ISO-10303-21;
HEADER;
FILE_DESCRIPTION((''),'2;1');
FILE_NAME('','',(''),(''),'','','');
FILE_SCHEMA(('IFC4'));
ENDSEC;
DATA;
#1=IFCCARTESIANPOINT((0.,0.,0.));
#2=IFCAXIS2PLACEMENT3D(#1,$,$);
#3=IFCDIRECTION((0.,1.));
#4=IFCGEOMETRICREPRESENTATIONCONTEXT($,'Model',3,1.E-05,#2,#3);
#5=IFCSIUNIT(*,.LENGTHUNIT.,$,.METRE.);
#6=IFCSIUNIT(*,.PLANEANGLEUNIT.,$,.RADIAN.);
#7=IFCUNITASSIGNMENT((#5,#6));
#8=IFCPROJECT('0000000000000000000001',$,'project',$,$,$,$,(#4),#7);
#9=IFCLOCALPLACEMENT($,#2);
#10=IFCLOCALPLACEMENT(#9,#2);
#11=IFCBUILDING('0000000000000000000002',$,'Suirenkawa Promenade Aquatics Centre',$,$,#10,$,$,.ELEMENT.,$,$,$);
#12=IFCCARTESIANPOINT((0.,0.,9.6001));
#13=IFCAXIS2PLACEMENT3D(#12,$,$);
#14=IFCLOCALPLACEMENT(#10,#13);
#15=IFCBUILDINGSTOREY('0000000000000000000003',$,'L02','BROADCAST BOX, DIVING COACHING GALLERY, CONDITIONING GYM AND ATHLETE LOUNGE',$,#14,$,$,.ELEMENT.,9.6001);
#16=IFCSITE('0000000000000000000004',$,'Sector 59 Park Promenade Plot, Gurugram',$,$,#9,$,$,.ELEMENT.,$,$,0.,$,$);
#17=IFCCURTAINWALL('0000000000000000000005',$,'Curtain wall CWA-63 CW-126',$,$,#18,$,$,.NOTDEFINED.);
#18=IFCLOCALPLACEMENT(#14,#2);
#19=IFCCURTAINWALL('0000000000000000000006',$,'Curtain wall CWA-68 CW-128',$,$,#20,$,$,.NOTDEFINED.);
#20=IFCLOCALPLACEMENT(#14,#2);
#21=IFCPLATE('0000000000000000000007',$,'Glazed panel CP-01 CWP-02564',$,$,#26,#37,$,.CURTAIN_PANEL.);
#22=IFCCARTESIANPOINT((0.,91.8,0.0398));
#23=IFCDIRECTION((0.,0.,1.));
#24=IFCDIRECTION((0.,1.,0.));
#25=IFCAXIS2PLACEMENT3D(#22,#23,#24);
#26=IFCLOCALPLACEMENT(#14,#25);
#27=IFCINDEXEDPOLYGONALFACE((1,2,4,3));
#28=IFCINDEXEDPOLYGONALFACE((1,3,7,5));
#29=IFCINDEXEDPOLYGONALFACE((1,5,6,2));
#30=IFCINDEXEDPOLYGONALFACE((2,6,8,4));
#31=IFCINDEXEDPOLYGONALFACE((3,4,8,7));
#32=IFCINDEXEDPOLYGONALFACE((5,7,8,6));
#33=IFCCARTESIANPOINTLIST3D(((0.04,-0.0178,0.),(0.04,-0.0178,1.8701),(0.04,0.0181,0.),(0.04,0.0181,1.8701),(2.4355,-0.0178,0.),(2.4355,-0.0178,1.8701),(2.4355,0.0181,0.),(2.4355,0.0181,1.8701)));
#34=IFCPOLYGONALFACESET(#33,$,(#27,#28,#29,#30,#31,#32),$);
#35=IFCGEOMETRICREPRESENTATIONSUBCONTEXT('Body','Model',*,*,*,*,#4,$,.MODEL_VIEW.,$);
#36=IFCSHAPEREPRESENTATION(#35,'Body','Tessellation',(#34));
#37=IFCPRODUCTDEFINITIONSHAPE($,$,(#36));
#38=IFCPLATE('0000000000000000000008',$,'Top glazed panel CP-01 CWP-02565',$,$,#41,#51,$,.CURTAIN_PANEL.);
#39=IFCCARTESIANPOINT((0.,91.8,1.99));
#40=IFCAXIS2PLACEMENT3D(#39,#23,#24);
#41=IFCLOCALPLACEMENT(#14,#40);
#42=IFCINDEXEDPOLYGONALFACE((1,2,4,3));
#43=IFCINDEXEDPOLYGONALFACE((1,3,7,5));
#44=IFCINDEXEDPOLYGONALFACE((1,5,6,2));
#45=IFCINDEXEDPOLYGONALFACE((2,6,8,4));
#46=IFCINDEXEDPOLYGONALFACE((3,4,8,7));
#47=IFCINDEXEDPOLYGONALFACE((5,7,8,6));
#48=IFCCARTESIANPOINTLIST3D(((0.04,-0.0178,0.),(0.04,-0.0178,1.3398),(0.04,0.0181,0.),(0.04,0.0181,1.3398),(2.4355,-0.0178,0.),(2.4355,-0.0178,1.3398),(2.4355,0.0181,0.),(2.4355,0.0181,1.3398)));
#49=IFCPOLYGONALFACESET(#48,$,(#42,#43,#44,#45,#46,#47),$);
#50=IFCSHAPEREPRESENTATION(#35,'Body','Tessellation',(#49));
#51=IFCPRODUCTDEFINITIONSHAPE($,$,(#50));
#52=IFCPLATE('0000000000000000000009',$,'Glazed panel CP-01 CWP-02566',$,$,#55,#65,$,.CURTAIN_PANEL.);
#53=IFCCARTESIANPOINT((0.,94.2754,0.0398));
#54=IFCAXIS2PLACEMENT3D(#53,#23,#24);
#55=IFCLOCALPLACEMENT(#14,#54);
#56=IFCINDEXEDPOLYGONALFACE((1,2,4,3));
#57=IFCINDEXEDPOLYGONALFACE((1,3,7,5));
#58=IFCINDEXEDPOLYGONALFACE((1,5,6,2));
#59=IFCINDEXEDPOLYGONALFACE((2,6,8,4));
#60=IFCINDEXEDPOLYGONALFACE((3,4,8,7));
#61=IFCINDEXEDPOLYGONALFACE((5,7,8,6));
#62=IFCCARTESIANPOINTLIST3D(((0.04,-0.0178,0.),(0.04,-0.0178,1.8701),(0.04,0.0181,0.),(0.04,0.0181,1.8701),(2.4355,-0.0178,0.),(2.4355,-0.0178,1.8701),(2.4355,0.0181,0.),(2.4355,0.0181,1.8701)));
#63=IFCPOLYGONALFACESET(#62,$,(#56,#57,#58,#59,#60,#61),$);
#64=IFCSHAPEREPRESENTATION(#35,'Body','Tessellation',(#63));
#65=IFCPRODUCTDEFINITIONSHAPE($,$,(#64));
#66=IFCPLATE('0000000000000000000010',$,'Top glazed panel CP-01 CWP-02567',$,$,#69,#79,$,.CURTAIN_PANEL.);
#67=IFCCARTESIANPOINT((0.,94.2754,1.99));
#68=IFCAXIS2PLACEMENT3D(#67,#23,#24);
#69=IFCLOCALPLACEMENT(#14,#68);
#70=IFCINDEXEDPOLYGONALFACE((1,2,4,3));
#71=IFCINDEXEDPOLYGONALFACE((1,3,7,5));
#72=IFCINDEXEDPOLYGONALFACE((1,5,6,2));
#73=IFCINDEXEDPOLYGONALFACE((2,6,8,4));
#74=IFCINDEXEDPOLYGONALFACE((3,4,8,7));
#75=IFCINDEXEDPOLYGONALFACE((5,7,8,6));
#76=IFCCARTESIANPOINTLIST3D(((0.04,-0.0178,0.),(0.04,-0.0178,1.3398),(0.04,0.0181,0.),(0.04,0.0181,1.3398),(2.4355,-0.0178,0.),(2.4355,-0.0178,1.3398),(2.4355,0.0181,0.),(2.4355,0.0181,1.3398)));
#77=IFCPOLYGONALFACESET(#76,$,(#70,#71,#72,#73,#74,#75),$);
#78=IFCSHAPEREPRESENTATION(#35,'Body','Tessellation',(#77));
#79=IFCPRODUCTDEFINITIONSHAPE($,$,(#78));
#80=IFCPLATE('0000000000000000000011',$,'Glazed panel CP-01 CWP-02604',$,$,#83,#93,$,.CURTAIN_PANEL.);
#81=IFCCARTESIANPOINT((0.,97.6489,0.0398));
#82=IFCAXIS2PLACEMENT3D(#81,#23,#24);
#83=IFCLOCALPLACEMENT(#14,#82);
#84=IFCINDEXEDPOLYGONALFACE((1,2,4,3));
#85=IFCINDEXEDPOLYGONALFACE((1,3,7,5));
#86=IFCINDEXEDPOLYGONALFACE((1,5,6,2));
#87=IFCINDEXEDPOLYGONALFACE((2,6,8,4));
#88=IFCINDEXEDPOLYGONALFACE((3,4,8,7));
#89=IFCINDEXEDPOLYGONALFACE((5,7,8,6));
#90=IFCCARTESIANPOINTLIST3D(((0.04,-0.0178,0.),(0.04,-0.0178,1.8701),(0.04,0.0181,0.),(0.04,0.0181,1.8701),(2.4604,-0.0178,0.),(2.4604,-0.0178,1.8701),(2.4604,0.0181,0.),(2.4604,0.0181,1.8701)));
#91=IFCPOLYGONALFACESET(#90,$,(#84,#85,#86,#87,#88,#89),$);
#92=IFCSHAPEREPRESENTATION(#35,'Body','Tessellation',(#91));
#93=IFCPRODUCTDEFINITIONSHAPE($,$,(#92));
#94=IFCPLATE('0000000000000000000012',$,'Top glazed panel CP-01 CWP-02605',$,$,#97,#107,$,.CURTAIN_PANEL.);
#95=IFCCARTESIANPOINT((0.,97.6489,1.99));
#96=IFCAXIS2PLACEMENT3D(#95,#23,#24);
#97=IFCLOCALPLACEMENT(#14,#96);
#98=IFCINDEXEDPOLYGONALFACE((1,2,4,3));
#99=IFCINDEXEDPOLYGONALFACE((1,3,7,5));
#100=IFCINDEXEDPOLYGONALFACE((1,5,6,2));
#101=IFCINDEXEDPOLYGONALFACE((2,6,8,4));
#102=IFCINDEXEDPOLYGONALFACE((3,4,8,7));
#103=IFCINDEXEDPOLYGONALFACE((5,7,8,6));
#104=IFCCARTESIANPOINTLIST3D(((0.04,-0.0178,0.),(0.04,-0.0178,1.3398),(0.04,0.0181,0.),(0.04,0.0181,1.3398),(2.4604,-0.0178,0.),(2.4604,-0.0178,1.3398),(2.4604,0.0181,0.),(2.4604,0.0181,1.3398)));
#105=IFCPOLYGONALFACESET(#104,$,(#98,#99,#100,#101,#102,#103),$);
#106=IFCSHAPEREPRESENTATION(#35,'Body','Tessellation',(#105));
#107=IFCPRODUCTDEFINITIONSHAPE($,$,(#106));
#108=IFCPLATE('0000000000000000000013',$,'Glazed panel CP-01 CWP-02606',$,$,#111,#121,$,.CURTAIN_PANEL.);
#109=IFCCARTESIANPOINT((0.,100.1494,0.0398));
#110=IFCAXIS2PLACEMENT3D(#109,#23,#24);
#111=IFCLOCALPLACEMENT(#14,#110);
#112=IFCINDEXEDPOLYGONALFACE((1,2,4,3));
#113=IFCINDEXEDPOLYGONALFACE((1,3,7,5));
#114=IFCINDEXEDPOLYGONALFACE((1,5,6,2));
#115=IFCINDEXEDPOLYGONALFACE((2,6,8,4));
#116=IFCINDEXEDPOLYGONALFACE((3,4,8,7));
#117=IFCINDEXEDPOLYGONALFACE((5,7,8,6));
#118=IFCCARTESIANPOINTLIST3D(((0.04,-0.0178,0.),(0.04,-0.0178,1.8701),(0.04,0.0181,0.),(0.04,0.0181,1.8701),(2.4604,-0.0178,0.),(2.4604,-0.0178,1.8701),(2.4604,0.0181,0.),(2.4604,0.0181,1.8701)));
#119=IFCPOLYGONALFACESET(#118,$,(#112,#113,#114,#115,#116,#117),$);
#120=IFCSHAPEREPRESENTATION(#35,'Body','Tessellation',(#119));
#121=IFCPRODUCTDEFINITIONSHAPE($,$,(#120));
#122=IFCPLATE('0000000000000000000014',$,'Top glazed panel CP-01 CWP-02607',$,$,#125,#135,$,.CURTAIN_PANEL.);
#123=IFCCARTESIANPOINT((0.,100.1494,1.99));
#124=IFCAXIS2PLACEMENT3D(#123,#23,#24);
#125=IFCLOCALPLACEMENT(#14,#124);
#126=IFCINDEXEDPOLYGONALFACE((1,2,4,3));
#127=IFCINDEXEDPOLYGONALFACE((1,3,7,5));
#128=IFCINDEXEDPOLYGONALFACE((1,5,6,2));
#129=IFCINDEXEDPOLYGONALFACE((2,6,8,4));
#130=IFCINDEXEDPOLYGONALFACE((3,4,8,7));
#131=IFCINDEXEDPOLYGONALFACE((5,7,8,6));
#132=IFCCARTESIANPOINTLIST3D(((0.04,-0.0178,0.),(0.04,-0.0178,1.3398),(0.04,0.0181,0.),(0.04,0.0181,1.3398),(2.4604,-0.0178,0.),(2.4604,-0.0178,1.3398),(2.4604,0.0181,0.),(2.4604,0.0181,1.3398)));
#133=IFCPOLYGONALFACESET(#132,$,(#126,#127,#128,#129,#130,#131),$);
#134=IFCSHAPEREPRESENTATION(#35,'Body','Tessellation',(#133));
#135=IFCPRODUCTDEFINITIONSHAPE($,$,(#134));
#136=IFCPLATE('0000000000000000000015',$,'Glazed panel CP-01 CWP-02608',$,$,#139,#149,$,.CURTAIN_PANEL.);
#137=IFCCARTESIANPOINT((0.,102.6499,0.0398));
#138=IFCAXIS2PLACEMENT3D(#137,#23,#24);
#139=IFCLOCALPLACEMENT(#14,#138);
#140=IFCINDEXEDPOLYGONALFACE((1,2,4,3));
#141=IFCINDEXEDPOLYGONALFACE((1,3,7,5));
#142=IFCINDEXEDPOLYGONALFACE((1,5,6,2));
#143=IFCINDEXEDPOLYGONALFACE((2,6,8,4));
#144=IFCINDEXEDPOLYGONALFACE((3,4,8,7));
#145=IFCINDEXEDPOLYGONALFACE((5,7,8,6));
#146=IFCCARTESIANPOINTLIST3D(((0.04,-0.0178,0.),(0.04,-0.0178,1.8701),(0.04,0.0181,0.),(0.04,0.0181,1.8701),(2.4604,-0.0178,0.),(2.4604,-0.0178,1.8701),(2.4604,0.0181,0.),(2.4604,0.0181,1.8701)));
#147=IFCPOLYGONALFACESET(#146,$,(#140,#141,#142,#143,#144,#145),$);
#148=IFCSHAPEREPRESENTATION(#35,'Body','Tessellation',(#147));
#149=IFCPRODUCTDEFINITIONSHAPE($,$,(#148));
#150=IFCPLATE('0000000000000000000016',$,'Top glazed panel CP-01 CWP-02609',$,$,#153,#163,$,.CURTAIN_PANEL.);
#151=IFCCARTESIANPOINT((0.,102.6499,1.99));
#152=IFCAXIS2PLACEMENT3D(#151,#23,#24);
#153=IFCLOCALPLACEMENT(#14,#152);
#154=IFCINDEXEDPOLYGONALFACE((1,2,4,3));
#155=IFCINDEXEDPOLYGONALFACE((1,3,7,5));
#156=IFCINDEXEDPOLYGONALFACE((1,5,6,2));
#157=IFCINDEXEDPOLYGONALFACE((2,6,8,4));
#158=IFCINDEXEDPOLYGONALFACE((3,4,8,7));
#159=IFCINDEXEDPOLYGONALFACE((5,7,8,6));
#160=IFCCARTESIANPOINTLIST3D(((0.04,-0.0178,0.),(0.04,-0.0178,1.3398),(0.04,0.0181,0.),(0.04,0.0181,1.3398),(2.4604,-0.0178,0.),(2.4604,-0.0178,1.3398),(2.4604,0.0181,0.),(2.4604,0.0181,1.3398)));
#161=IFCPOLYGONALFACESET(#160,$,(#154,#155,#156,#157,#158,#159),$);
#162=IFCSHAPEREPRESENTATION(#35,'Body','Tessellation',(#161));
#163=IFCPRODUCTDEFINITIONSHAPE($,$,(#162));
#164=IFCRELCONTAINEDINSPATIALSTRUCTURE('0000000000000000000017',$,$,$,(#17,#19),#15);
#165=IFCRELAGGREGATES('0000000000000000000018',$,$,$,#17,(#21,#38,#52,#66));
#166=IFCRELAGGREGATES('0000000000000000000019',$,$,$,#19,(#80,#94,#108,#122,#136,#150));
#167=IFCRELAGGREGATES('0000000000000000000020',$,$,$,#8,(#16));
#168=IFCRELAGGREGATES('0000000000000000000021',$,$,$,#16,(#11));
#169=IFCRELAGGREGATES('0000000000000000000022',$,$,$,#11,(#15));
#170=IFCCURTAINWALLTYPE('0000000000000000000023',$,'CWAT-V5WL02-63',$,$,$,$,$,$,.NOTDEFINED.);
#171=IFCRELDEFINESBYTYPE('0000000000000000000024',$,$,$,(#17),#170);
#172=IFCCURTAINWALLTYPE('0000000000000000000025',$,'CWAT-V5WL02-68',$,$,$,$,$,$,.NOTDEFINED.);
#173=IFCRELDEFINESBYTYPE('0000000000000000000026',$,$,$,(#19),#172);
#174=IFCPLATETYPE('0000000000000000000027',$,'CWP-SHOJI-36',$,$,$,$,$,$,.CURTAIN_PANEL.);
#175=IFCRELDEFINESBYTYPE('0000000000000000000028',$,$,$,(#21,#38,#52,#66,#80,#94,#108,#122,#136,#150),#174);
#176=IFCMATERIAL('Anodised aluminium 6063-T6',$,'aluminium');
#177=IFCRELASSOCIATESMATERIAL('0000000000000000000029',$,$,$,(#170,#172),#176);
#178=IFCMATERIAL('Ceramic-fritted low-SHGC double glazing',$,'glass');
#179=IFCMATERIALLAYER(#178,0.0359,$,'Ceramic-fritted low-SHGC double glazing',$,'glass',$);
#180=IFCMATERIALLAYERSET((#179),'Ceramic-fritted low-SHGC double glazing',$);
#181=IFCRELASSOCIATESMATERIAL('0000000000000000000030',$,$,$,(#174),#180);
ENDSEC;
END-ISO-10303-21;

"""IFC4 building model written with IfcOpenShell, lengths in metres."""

from ifc_helpers import new_model, si_unit, direction, frame, origin, place, context, subcontext, project, spatial, polyline, outline, extrude, material, layer, layer_set, type_object, element, aggregate, save


model = new_model("IFC4")

# Units and contexts
model_context = context("Model", 3, precision=1e-05, world=origin(), true_north=direction((0.0, 1.0)))
body_context = subcontext(model_context, "Body", "Model", "MODEL_VIEW")
ifc_project = project(units=[si_unit("LENGTHUNIT", "METRE"), si_unit("PLANEANGLEUNIT", "RADIAN")], contexts=[model_context])

# Site, building, storey
site_placement = place(None, origin())
site = spatial("IfcSite", under=ifc_project, at=site_placement, Name="Sector 59 Park Promenade Plot, Gurugram", CompositionType="ELEMENT", RefElevation=0.0)
building_placement = place(site_placement, origin())
building = spatial("IfcBuilding", under=site, at=building_placement, Name="Suirenkawa Promenade Aquatics Centre", CompositionType="ELEMENT")
storey_placement = place(building_placement, frame((0.0, 0.0, 9.6001)))
storey = spatial("IfcBuildingStorey", under=building, at=storey_placement, Name="L02", Description="BROADCAST BOX, DIVING COACHING GALLERY, CONDITIONING GYM AND ATHLETE LOUNGE", CompositionType="ELEMENT", Elevation=9.6001)

# Curtain walls
ifc_material_1 = material(Name="Anodised aluminium 6063-T6", Category="aluminium")
curtain_wall_type_1 = type_object("IfcCurtainWallType", Name="CWAT-V5WL02-63", PredefinedType="NOTDEFINED", material=ifc_material_1)
curtain_wall_1_placement = place(storey_placement, origin())
curtain_wall_1 = element("IfcCurtainWall", 1, at=curtain_wall_1_placement, inside=storey, type_object=curtain_wall_type_1, Name="Curtain wall CWA-63 CW-126", PredefinedType="NOTDEFINED")
curtain_wall_type_2 = type_object("IfcCurtainWallType", Name="CWAT-V5WL02-68", PredefinedType="NOTDEFINED", material=ifc_material_1)
curtain_wall_2_placement = place(storey_placement, origin())
curtain_wall_2 = element("IfcCurtainWall", 2, at=curtain_wall_2_placement, inside=storey, type_object=curtain_wall_type_2, Name="Curtain wall CWA-68 CW-128", PredefinedType="NOTDEFINED")

# Plates
ifc_material_2 = material(Name="Ceramic-fritted low-SHGC double glazing", Category="glass")
ifc_layer = layer(ifc_material_2, 0.0359, Name="Ceramic-fritted low-SHGC double glazing", Category="glass")
ifc_layer_set = layer_set([ifc_layer], Name="Ceramic-fritted low-SHGC double glazing")
plate_type = type_object("IfcPlateType", Name="CWP-SHOJI-36", PredefinedType="CURTAIN_PANEL", material=ifc_layer_set)
plate_1_placement = place(storey_placement, frame((0.0, 91.8, 0.0398), z_axis=(0.0, 0.0, 1.0), x_axis=(0.0, 1.0, 0.0)))
plate_1 = element("IfcPlate", 3, at=plate_1_placement, type_object=plate_type, Name="Glazed panel CP-01 CWP-02564", PredefinedType="CURTAIN_PANEL", context=body_context, shape_type="SweptSolid", body=[
    extrude(outline(polyline([(0.04, 0.0), (2.4355, 0.0), (2.4355, 1.8701), (0.04, 1.8701), (0.04, 0.0)])), frame((0.0, 0.0181, 0.0), z_axis=(0.0, -1.0, 0.0), x_axis=(1.0, 0.0, 0.0)), (0.0, 0.0, 1.0), 0.0359),
])
plate_2_placement = place(storey_placement, frame((0.0, 91.8, 1.99), z_axis=(0.0, 0.0, 1.0), x_axis=(0.0, 1.0, 0.0)))
plate_2 = element("IfcPlate", 4, at=plate_2_placement, type_object=plate_type, Name="Top glazed panel CP-01 CWP-02565", PredefinedType="CURTAIN_PANEL", context=body_context, shape_type="SweptSolid", body=[
    extrude(outline(polyline([(0.04, 0.0), (2.4355, 0.0), (2.4355, 1.3398), (0.04, 1.3398), (0.04, 0.0)])), frame((0.0, 0.0181, 0.0), z_axis=(0.0, -1.0, 0.0), x_axis=(1.0, 0.0, 0.0)), (0.0, 0.0, 1.0), 0.0359),
])
plate_3_placement = place(storey_placement, frame((0.0, 94.2754, 0.0398), z_axis=(0.0, 0.0, 1.0), x_axis=(0.0, 1.0, 0.0)))
plate_3 = element("IfcPlate", 5, at=plate_3_placement, type_object=plate_type, Name="Glazed panel CP-01 CWP-02566", PredefinedType="CURTAIN_PANEL", context=body_context, shape_type="SweptSolid", body=[
    extrude(outline(polyline([(0.04, 0.0), (2.4355, 0.0), (2.4355, 1.8701), (0.04, 1.8701), (0.04, 0.0)])), frame((0.0, 0.0181, 0.0), z_axis=(0.0, -1.0, 0.0), x_axis=(1.0, 0.0, 0.0)), (0.0, 0.0, 1.0), 0.0359),
])
plate_4_placement = place(storey_placement, frame((0.0, 94.2754, 1.99), z_axis=(0.0, 0.0, 1.0), x_axis=(0.0, 1.0, 0.0)))
plate_4 = element("IfcPlate", 6, at=plate_4_placement, type_object=plate_type, Name="Top glazed panel CP-01 CWP-02567", PredefinedType="CURTAIN_PANEL", context=body_context, shape_type="SweptSolid", body=[
    extrude(outline(polyline([(0.04, 0.0), (2.4355, 0.0), (2.4355, 1.3398), (0.04, 1.3398), (0.04, 0.0)])), frame((0.0, 0.0181, 0.0), z_axis=(0.0, -1.0, 0.0), x_axis=(1.0, 0.0, 0.0)), (0.0, 0.0, 1.0), 0.0359),
])
aggregate(curtain_wall_1, [plate_1, plate_2, plate_3, plate_4])
plate_5_placement = place(storey_placement, frame((0.0, 97.6489, 0.0398), z_axis=(0.0, 0.0, 1.0), x_axis=(0.0, 1.0, 0.0)))
plate_5 = element("IfcPlate", 7, at=plate_5_placement, type_object=plate_type, Name="Glazed panel CP-01 CWP-02604", PredefinedType="CURTAIN_PANEL", context=body_context, shape_type="SweptSolid", body=[
    extrude(outline(polyline([(0.04, 0.0), (2.4604, 0.0), (2.4604, 1.8701), (0.04, 1.8701), (0.04, 0.0)])), frame((0.0, 0.0181, 0.0), z_axis=(0.0, -1.0, 0.0), x_axis=(1.0, 0.0, 0.0)), (0.0, 0.0, 1.0), 0.0359),
])
plate_6_placement = place(storey_placement, frame((0.0, 97.6489, 1.99), z_axis=(0.0, 0.0, 1.0), x_axis=(0.0, 1.0, 0.0)))
plate_6 = element("IfcPlate", 8, at=plate_6_placement, type_object=plate_type, Name="Top glazed panel CP-01 CWP-02605", PredefinedType="CURTAIN_PANEL", context=body_context, shape_type="SweptSolid", body=[
    extrude(outline(polyline([(0.04, 0.0), (2.4604, 0.0), (2.4604, 1.3398), (0.04, 1.3398), (0.04, 0.0)])), frame((0.0, 0.0181, 0.0), z_axis=(0.0, -1.0, 0.0), x_axis=(1.0, 0.0, 0.0)), (0.0, 0.0, 1.0), 0.0359),
])
plate_7_placement = place(storey_placement, frame((0.0, 100.1494, 0.0398), z_axis=(0.0, 0.0, 1.0), x_axis=(0.0, 1.0, 0.0)))
plate_7 = element("IfcPlate", 9, at=plate_7_placement, type_object=plate_type, Name="Glazed panel CP-01 CWP-02606", PredefinedType="CURTAIN_PANEL", context=body_context, shape_type="SweptSolid", body=[
    extrude(outline(polyline([(0.04, 0.0), (2.4604, 0.0), (2.4604, 1.8701), (0.04, 1.8701), (0.04, 0.0)])), frame((0.0, 0.0181, 0.0), z_axis=(0.0, -1.0, 0.0), x_axis=(1.0, 0.0, 0.0)), (0.0, 0.0, 1.0), 0.0359),
])
plate_8_placement = place(storey_placement, frame((0.0, 100.1494, 1.99), z_axis=(0.0, 0.0, 1.0), x_axis=(0.0, 1.0, 0.0)))
plate_8 = element("IfcPlate", 10, at=plate_8_placement, type_object=plate_type, Name="Top glazed panel CP-01 CWP-02607", PredefinedType="CURTAIN_PANEL", context=body_context, shape_type="SweptSolid", body=[
    extrude(outline(polyline([(0.04, 0.0), (2.4604, 0.0), (2.4604, 1.3398), (0.04, 1.3398), (0.04, 0.0)])), frame((0.0, 0.0181, 0.0), z_axis=(0.0, -1.0, 0.0), x_axis=(1.0, 0.0, 0.0)), (0.0, 0.0, 1.0), 0.0359),
])
plate_9_placement = place(storey_placement, frame((0.0, 102.6499, 0.0398), z_axis=(0.0, 0.0, 1.0), x_axis=(0.0, 1.0, 0.0)))
plate_9 = element("IfcPlate", 11, at=plate_9_placement, type_object=plate_type, Name="Glazed panel CP-01 CWP-02608", PredefinedType="CURTAIN_PANEL", context=body_context, shape_type="SweptSolid", body=[
    extrude(outline(polyline([(0.04, 0.0), (2.4604, 0.0), (2.4604, 1.8701), (0.04, 1.8701), (0.04, 0.0)])), frame((0.0, 0.0181, 0.0), z_axis=(0.0, -1.0, 0.0), x_axis=(1.0, 0.0, 0.0)), (0.0, 0.0, 1.0), 0.0359),
])
plate_10_placement = place(storey_placement, frame((0.0, 102.6499, 1.99), z_axis=(0.0, 0.0, 1.0), x_axis=(0.0, 1.0, 0.0)))
plate_10 = element("IfcPlate", 12, at=plate_10_placement, type_object=plate_type, Name="Top glazed panel CP-01 CWP-02609", PredefinedType="CURTAIN_PANEL", context=body_context, shape_type="SweptSolid", body=[
    extrude(outline(polyline([(0.04, 0.0), (2.4604, 0.0), (2.4604, 1.3398), (0.04, 1.3398), (0.04, 0.0)])), frame((0.0, 0.0181, 0.0), z_axis=(0.0, -1.0, 0.0), x_axis=(1.0, 0.0, 0.0)), (0.0, 0.0, 1.0), 0.0359),
])
aggregate(curtain_wall_2, [plate_5, plate_6, plate_7, plate_8, plate_9, plate_10])

save(model, "model.ifc")
